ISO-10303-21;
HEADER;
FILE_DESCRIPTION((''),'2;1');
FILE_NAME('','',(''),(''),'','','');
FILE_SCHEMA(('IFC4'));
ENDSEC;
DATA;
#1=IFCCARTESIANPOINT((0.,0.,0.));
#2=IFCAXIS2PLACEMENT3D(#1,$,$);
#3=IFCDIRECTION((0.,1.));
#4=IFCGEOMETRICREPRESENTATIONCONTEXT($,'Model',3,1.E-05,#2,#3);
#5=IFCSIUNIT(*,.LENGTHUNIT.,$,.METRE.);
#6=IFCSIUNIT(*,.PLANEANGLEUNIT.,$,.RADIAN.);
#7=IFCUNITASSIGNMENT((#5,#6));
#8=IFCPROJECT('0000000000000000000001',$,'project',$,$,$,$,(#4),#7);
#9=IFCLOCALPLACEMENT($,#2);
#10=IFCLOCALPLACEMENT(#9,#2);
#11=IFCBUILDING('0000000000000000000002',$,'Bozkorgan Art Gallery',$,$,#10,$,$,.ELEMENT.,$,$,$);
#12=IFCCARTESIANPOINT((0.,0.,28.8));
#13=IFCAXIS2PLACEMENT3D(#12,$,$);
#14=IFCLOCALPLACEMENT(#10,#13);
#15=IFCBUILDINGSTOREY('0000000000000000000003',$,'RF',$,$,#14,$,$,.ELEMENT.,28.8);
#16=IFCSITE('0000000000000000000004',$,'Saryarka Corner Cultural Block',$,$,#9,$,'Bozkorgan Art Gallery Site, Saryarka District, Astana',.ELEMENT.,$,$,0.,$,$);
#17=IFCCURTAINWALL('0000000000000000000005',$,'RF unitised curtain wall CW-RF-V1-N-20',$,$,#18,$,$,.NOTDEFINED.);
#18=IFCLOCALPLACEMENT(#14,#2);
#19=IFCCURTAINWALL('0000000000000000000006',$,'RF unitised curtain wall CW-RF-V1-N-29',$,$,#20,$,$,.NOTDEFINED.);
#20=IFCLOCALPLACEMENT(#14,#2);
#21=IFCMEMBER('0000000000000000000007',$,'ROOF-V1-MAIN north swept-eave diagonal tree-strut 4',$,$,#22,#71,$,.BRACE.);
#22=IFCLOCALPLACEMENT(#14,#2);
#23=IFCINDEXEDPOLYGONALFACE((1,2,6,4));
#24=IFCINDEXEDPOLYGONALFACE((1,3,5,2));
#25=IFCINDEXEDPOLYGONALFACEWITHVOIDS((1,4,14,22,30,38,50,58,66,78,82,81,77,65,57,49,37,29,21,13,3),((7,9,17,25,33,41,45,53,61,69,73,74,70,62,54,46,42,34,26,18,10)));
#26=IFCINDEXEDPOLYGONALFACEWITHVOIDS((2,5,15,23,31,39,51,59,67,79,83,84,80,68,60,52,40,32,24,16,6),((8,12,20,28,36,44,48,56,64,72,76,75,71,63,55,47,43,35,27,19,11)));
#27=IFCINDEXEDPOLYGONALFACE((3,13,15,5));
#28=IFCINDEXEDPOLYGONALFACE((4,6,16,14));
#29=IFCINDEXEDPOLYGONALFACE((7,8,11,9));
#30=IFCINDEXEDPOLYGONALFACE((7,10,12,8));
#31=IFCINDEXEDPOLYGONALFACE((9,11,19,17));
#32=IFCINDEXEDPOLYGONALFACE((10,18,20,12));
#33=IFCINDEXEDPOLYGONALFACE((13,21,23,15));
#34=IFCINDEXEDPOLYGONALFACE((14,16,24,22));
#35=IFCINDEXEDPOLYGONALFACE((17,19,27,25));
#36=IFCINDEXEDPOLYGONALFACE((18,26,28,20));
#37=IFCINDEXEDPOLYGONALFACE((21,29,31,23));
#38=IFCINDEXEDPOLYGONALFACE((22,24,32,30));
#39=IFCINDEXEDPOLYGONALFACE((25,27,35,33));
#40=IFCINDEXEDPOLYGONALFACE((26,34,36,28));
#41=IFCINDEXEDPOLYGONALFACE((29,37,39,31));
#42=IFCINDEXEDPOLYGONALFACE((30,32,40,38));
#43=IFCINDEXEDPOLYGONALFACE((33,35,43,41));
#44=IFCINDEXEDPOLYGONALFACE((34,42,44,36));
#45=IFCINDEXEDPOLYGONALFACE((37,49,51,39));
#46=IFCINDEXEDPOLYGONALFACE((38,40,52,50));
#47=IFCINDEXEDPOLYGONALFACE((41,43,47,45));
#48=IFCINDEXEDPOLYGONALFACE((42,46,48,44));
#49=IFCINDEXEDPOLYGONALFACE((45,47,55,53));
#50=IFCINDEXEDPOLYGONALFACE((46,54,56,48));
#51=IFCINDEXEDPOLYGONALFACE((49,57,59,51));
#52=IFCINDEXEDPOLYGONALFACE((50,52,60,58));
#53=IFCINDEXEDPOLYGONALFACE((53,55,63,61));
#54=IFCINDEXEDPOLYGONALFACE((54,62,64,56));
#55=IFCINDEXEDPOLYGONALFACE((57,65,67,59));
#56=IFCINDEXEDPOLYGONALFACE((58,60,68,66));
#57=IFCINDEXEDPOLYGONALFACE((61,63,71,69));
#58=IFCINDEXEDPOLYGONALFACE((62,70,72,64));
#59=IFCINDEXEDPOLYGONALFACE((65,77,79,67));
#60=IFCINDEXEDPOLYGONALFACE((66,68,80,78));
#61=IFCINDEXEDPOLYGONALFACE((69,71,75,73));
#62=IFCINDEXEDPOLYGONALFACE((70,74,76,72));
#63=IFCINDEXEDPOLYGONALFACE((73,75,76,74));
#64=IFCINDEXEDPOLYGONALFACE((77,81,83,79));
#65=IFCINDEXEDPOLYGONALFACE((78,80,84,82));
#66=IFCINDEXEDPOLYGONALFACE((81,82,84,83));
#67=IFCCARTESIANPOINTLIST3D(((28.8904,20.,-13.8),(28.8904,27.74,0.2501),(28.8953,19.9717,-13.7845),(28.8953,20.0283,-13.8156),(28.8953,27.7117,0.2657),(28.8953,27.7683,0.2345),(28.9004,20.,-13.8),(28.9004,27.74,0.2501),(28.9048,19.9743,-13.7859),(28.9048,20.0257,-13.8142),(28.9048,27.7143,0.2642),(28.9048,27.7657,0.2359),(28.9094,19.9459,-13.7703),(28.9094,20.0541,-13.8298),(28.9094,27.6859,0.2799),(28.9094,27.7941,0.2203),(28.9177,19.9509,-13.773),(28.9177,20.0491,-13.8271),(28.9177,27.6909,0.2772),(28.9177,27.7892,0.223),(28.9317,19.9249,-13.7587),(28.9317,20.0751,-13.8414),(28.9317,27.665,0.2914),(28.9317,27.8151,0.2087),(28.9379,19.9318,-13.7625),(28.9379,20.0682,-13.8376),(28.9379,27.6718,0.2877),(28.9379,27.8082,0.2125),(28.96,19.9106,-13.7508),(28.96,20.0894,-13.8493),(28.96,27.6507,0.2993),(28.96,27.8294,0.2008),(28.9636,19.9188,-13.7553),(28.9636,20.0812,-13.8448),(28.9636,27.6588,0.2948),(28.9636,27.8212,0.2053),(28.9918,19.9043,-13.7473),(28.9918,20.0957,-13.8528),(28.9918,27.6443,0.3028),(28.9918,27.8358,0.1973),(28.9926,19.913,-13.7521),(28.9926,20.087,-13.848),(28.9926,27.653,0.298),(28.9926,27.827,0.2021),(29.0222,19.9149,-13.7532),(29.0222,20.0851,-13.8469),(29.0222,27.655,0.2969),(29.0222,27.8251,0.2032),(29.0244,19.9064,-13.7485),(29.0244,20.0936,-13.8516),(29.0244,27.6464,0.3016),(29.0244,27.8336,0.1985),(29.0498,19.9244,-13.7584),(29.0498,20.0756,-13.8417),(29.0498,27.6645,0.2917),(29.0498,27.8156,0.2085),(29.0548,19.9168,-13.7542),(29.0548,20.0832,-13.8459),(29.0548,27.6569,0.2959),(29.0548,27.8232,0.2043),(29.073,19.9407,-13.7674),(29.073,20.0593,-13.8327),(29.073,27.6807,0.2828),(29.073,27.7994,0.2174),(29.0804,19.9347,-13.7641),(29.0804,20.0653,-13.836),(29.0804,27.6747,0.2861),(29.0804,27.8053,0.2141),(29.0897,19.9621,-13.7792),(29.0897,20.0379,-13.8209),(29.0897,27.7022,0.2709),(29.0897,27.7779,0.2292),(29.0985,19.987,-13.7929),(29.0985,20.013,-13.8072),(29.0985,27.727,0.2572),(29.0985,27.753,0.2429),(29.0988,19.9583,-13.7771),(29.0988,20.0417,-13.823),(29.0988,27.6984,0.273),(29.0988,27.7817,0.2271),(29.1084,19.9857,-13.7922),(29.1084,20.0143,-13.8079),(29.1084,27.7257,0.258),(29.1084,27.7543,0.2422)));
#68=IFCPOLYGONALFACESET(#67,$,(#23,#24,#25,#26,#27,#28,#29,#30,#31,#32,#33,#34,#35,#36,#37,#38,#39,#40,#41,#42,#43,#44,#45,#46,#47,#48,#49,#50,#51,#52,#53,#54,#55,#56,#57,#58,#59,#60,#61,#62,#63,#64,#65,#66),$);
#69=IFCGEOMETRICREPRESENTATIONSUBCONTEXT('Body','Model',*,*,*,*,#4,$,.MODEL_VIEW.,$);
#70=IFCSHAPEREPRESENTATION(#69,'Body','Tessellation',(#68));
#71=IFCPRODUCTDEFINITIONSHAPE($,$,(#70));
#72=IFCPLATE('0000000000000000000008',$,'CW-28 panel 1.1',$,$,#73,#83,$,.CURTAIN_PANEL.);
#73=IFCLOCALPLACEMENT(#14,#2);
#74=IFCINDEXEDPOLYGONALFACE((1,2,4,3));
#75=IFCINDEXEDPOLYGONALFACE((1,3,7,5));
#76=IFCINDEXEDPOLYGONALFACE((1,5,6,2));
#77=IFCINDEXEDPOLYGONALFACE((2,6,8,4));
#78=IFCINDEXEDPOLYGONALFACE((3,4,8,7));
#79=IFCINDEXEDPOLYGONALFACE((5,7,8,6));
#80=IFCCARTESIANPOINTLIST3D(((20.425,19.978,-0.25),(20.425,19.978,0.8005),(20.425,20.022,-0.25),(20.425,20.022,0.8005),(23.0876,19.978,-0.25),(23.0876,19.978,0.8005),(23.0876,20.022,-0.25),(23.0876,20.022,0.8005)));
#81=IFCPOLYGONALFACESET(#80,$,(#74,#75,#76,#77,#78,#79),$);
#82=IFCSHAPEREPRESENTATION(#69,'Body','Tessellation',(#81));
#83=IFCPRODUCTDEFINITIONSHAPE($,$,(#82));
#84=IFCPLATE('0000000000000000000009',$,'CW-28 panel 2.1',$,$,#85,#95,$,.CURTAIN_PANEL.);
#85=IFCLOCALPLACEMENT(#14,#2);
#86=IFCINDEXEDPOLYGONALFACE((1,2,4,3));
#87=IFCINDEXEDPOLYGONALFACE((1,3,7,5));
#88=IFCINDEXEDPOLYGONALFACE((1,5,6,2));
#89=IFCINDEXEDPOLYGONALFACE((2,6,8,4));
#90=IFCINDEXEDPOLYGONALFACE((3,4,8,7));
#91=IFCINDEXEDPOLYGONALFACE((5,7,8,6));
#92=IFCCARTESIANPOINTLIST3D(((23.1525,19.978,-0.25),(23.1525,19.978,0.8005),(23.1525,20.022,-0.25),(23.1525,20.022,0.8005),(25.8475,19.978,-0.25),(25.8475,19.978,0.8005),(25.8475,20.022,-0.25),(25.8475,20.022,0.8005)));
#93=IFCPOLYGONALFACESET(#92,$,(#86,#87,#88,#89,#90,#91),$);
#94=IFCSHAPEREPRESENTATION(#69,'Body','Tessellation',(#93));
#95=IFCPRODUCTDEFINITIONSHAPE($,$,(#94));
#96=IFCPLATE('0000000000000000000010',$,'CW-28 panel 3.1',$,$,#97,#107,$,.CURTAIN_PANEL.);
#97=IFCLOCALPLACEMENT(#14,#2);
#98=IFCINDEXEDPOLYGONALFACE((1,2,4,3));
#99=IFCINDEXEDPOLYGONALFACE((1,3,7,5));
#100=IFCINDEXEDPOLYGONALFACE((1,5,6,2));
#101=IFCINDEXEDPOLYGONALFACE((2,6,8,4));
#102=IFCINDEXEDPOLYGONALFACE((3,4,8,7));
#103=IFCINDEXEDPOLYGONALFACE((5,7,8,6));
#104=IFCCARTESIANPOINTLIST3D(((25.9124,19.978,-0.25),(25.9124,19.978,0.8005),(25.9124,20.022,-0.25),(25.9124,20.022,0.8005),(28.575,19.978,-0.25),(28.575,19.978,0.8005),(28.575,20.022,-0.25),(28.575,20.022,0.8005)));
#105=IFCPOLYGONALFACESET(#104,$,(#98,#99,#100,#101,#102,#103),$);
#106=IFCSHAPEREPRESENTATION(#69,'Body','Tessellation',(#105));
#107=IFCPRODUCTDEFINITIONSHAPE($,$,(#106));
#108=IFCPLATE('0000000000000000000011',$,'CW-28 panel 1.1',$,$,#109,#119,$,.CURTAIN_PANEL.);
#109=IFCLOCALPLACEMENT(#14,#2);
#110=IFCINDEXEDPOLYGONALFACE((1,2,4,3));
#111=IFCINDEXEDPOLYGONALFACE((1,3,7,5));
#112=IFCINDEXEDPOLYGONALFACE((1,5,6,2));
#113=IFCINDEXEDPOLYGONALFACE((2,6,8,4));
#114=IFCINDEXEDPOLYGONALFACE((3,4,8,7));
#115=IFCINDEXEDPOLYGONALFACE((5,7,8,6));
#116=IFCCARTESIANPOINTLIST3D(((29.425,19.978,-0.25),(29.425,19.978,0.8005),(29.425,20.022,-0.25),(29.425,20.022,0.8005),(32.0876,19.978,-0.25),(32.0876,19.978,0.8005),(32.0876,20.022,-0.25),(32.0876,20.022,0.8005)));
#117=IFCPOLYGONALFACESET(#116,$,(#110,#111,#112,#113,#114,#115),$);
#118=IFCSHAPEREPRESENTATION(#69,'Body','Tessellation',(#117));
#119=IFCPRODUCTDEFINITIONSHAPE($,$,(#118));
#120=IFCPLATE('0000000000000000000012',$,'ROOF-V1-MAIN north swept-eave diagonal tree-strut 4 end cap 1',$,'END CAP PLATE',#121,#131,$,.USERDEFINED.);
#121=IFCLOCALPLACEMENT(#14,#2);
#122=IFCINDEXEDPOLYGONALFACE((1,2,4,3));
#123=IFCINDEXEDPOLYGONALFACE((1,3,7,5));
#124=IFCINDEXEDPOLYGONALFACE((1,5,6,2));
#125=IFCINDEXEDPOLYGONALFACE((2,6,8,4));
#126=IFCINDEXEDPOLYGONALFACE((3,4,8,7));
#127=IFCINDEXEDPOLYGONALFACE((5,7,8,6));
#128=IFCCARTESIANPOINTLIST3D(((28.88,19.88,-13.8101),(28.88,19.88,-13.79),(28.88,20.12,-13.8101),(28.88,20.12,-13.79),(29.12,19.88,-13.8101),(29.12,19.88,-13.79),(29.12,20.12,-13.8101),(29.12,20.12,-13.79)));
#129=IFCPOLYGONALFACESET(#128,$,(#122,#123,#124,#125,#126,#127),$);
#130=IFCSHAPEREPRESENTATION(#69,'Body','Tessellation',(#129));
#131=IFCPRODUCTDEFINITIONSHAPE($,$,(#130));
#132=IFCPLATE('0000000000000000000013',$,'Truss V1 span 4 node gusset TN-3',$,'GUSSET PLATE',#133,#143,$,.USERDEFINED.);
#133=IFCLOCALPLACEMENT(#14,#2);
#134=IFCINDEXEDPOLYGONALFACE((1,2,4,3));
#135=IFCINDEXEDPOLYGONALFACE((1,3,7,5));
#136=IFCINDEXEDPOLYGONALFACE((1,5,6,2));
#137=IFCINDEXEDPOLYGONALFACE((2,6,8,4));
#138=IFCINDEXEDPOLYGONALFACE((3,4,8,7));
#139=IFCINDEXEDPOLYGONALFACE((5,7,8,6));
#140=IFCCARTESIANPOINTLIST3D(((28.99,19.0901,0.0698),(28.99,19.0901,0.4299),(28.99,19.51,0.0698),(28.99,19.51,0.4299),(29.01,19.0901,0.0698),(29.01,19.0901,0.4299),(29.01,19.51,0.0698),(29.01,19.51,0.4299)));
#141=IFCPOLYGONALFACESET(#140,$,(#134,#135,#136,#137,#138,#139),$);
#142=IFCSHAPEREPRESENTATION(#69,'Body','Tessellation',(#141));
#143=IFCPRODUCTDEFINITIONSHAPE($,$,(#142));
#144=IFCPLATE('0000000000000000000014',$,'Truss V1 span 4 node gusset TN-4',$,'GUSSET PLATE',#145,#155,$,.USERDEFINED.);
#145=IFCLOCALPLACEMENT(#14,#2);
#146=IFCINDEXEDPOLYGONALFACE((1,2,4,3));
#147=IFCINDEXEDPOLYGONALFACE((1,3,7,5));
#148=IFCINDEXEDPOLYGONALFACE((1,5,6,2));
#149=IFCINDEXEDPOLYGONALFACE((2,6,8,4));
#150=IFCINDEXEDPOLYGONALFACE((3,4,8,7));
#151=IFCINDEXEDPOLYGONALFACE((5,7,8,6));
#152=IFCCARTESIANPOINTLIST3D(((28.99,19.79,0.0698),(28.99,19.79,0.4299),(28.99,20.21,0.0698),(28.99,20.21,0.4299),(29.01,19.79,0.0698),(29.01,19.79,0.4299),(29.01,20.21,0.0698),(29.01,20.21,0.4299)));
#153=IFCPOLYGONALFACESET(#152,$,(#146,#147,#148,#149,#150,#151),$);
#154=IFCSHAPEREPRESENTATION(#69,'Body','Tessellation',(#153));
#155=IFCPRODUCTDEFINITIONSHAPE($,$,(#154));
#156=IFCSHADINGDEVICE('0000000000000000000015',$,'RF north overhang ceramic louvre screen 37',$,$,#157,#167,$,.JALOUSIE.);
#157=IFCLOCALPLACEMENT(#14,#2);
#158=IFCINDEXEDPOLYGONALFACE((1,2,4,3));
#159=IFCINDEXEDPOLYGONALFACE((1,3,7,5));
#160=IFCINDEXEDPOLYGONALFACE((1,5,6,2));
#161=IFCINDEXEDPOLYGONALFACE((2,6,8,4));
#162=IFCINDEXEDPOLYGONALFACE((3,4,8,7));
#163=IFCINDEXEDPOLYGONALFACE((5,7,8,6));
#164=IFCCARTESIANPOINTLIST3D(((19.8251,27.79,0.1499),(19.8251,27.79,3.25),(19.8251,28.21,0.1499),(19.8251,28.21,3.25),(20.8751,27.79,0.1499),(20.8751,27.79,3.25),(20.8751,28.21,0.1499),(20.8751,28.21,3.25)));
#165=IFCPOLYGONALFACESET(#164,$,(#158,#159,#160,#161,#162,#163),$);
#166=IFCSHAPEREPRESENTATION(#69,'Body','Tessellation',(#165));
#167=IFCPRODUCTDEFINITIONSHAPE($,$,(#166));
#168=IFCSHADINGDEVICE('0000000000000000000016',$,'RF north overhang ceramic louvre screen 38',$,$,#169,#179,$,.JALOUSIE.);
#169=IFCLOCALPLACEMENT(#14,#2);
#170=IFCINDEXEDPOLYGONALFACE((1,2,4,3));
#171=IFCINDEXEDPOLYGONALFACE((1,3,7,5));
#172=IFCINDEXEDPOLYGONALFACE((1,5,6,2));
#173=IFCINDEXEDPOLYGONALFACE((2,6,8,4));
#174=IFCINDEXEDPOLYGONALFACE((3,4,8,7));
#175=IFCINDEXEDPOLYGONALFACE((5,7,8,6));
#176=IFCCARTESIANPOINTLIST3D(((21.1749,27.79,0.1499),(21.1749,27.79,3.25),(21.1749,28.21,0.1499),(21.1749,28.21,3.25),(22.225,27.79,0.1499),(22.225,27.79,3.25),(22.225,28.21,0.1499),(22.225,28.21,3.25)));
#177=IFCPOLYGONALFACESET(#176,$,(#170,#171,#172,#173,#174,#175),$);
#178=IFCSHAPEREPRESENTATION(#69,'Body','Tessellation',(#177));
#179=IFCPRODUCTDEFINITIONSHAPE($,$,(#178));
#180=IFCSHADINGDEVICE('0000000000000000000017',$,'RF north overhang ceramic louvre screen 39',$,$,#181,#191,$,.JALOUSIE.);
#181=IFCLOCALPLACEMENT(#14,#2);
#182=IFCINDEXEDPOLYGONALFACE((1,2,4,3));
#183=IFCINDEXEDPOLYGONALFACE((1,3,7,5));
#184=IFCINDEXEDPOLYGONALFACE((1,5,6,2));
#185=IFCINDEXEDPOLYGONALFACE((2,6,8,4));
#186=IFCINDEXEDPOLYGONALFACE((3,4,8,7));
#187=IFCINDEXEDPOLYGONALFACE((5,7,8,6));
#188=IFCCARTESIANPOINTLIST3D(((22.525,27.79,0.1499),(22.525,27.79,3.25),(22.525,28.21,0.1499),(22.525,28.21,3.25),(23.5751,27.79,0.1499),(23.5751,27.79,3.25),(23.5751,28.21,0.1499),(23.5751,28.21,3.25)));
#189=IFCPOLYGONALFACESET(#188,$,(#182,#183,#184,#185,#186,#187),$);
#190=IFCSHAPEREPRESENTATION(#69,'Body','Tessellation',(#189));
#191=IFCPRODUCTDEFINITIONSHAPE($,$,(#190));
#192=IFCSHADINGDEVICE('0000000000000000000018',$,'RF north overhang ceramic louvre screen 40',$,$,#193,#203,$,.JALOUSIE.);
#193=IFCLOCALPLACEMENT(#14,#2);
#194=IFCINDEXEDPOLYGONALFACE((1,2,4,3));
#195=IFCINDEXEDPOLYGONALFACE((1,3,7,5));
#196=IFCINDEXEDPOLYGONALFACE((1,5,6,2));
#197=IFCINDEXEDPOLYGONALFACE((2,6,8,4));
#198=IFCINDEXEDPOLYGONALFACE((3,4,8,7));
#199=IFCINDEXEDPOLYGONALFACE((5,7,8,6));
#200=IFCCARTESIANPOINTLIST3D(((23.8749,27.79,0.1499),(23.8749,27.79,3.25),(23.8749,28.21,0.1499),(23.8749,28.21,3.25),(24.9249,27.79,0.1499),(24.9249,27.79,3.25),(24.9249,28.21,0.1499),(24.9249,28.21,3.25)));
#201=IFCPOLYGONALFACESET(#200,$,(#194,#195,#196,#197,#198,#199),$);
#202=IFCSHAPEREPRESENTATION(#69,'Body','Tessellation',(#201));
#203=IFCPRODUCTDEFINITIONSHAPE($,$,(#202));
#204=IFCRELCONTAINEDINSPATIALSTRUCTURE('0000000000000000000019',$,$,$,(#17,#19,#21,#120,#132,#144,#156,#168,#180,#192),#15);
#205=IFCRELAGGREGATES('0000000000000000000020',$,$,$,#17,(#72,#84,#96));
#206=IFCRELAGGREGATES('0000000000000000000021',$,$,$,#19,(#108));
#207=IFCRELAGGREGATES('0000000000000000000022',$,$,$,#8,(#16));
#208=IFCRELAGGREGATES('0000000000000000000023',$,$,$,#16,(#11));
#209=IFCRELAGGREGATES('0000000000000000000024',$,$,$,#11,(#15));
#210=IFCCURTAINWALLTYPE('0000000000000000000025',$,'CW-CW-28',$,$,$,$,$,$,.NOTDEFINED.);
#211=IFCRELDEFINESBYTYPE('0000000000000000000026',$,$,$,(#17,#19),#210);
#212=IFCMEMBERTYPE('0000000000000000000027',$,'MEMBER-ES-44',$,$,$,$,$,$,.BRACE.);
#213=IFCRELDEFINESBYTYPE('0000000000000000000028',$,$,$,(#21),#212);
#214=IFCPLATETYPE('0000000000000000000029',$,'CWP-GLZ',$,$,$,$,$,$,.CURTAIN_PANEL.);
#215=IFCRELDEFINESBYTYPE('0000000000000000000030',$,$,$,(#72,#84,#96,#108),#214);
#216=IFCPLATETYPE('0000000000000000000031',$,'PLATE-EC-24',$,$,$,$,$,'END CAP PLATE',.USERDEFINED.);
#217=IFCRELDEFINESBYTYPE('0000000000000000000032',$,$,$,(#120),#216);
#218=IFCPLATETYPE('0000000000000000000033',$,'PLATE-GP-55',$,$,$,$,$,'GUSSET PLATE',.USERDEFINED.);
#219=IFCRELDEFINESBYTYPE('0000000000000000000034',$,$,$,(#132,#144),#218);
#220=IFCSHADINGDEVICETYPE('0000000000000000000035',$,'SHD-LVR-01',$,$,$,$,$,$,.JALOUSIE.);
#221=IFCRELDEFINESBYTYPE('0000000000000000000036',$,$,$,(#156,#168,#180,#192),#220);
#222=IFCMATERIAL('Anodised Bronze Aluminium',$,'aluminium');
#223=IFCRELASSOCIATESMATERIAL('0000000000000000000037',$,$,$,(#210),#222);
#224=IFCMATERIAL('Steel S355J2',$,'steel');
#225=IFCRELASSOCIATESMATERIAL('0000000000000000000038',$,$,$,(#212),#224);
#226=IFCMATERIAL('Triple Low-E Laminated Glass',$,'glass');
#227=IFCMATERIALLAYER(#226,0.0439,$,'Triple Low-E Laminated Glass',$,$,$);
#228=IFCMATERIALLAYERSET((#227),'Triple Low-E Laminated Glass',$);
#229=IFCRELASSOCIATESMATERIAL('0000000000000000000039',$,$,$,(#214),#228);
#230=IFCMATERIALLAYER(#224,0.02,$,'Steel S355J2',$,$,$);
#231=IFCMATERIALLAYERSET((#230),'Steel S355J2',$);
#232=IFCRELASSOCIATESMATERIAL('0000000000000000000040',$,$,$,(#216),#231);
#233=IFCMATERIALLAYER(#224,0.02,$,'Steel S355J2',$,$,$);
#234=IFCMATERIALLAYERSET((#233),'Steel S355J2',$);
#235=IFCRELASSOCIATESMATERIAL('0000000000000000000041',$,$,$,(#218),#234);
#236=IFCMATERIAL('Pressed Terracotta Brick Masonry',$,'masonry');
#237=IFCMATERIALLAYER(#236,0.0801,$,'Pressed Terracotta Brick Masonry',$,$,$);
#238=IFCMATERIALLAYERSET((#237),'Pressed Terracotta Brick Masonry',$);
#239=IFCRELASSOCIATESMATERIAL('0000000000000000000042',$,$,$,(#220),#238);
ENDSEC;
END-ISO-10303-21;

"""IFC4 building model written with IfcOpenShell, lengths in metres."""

from ifc_helpers import new_model, si_unit, direction, frame, origin, origin_2d, place, context, subcontext, project, spatial, rectangle, hollow_circle, extrude, material, layer, layer_set, material_profile, profile_set, type_object, element, aggregate, save


model = new_model("IFC4")

# Units and contexts
model_context = context("Model", 3, precision=1e-05, world=origin(), true_north=direction((0.0, 1.0)))
body_context = subcontext(model_context, "Body", "Model", "MODEL_VIEW")
ifc_project = project(units=[si_unit("LENGTHUNIT", "METRE"), si_unit("PLANEANGLEUNIT", "RADIAN")], contexts=[model_context])

# Site, building, storey
site_placement = place(None, origin())
site = spatial("IfcSite", under=ifc_project, at=site_placement, Name="Saryarka Corner Cultural Block", LongName="Bozkorgan Art Gallery Site, Saryarka District, Astana", CompositionType="ELEMENT", RefElevation=0.0)
building_placement = place(site_placement, origin())
building = spatial("IfcBuilding", under=site, at=building_placement, Name="Bozkorgan Art Gallery", CompositionType="ELEMENT")
storey_placement = place(building_placement, frame((0.0, 0.0, 28.8)))
storey = spatial("IfcBuildingStorey", under=building, at=storey_placement, Name="RF", CompositionType="ELEMENT", Elevation=28.8)

# Curtain walls
ifc_material_1 = material(Name="Anodised Bronze Aluminium", Category="aluminium")
curtain_wall_type = type_object("IfcCurtainWallType", Name="CW-CW-28", PredefinedType="NOTDEFINED", material=ifc_material_1)
curtain_wall_1_placement = place(storey_placement, origin())
curtain_wall_1 = element("IfcCurtainWall", 1, at=curtain_wall_1_placement, inside=storey, type_object=curtain_wall_type, Name="RF unitised curtain wall CW-RF-V1-N-20", PredefinedType="NOTDEFINED")
curtain_wall_2_placement = place(storey_placement, origin())
curtain_wall_2 = element("IfcCurtainWall", 2, at=curtain_wall_2_placement, inside=storey, type_object=curtain_wall_type, Name="RF unitised curtain wall CW-RF-V1-N-29", PredefinedType="NOTDEFINED")

# Member
ifc_material_2 = material(Name="Steel S355J2", Category="steel")
ifc_material_profile_1 = material_profile(ifc_material_2, hollow_circle(Radius=0.1096, WallThickness=0.01, at=origin_2d()), Name="CHS 219.1x10")
ifc_profile_set_1 = profile_set([ifc_material_profile_1], Name="Steel S355J2")
member_type_1 = type_object("IfcMemberType", Name="MEMBER-ES-44", PredefinedType="BRACE", material=ifc_profile_set_1)
member_1_placement = place(storey_placement, frame((29.0, 20.0, -13.8), z_axis=(0.0, 0.482515, 0.875888), x_axis=(-1.0, 0.0, 0.0)))
element("IfcMember", 3, at=member_1_placement, inside=storey, type_object=member_type_1, Name="ROOF-V1-MAIN north swept-eave diagonal tree-strut 4", PredefinedType="BRACE", context=body_context, shape_type="SweptSolid", body=[
    extrude(hollow_circle(Radius=0.1096, WallThickness=0.01, at=origin_2d()), origin(), (0.0, 0.0, 1.0), 16.041),
])

# Plates
ifc_material_3 = material(Name="Triple Low-E Laminated Glass", Category="glass")
ifc_layer_1 = layer(ifc_material_3, 0.0439, Name="Triple Low-E Laminated Glass")
ifc_layer_set_1 = layer_set([ifc_layer_1], Name="Triple Low-E Laminated Glass")
plate_type_1 = type_object("IfcPlateType", Name="CWP-GLZ", PredefinedType="CURTAIN_PANEL", material=ifc_layer_set_1)
plate_1_placement = place(storey_placement, frame((21.7563, 20.0, -0.25), z_axis=(0.0, 0.0, 1.0), x_axis=(1.0, 0.0, 0.0)))
plate_1 = element("IfcPlate", 4, at=plate_1_placement, type_object=plate_type_1, Name="CW-28 panel 1.1", PredefinedType="CURTAIN_PANEL", context=body_context, shape_type="SweptSolid", body=[
    extrude(rectangle(XDim=2.6626, YDim=0.0439, at=origin_2d()), origin(), (0.0, 0.0, 1.0), 1.0505),
])
plate_2_placement = place(storey_placement, frame((24.5, 20.0, -0.25), z_axis=(0.0, 0.0, 1.0), x_axis=(1.0, 0.0, 0.0)))
plate_2 = element("IfcPlate", 5, at=plate_2_placement, type_object=plate_type_1, Name="CW-28 panel 2.1", PredefinedType="CURTAIN_PANEL", context=body_context, shape_type="SweptSolid", body=[
    extrude(rectangle(XDim=2.6951, YDim=0.0439, at=origin_2d()), origin(), (0.0, 0.0, 1.0), 1.0505),
])
plate_3_placement = place(storey_placement, frame((27.2437, 20.0, -0.25), z_axis=(0.0, 0.0, 1.0), x_axis=(1.0, 0.0, 0.0)))
plate_3 = element("IfcPlate", 6, at=plate_3_placement, type_object=plate_type_1, Name="CW-28 panel 3.1", PredefinedType="CURTAIN_PANEL", context=body_context, shape_type="SweptSolid", body=[
    extrude(rectangle(XDim=2.6626, YDim=0.0439, at=origin_2d()), origin(), (0.0, 0.0, 1.0), 1.0505),
])
aggregate(curtain_wall_1, [plate_1, plate_2, plate_3])
plate_4_placement = place(storey_placement, frame((30.7563, 20.0, -0.25), z_axis=(0.0, 0.0, 1.0), x_axis=(1.0, 0.0, 0.0)))
plate_4 = element("IfcPlate", 7, at=plate_4_placement, type_object=plate_type_1, Name="CW-28 panel 1.1", PredefinedType="CURTAIN_PANEL", context=body_context, shape_type="SweptSolid", body=[
    extrude(rectangle(XDim=2.6626, YDim=0.0439, at=origin_2d()), origin(), (0.0, 0.0, 1.0), 1.0505),
])
aggregate(curtain_wall_2, [plate_4])

# Plates
ifc_layer_2 = layer(ifc_material_2, 0.02, Name="Steel S355J2")
ifc_layer_set_2 = layer_set([ifc_layer_2], Name="Steel S355J2")
plate_type_2 = type_object("IfcPlateType", Name="PLATE-EC-24", ElementType="END CAP PLATE", PredefinedType="USERDEFINED", material=ifc_layer_set_2)
plate_5_placement = place(storey_placement, frame((29.0, 20.0, -13.8101), z_axis=(0.0, 0.0, 1.0), x_axis=(1.0, 0.0, 0.0)))
element("IfcPlate", 8, at=plate_5_placement, inside=storey, type_object=plate_type_2, Name="ROOF-V1-MAIN north swept-eave diagonal tree-strut 4 end cap 1", ObjectType="END CAP PLATE", PredefinedType="USERDEFINED", context=body_context, shape_type="SweptSolid", body=[
    extrude(rectangle(XDim=0.24, YDim=0.24, at=origin_2d()), origin(), (0.0, 0.0, 1.0), 0.02),
])
ifc_layer_3 = layer(ifc_material_2, 0.02, Name="Steel S355J2")
ifc_layer_set_3 = layer_set([ifc_layer_3], Name="Steel S355J2")
plate_type_3 = type_object("IfcPlateType", Name="PLATE-GP-55", ElementType="GUSSET PLATE", PredefinedType="USERDEFINED", material=ifc_layer_set_3)
for number, where, z_axis, x_axis, name in (
    (9, (29.0, 19.3, 0.0698), (0.0, 0.0, 1.0), (1.0, 0.0, 0.0), "Truss V1 span 4 node gusset TN-3"),
    (10, (29.0, 20.0, 0.0698), (0.0, 0.0, 1.0), (1.0, 0.0, 0.0), "Truss V1 span 4 node gusset TN-4"),
):
    element("IfcPlate", number, at=place(storey_placement, frame(where, z_axis=z_axis, x_axis=x_axis)), inside=storey, type_object=plate_type_3, Name=name, ObjectType="GUSSET PLATE", PredefinedType="USERDEFINED", context=body_context, shape_type="SweptSolid", body=[
        extrude(rectangle(XDim=0.02, YDim=0.4199, at=origin_2d()), origin(), (0.0, 0.0, 1.0), 0.3601),
    ])

# Shading devices
ifc_material_4 = material(Name="Pressed Terracotta Brick Masonry", Category="masonry")
ifc_layer_4 = layer(ifc_material_4, 0.0801, Name="Pressed Terracotta Brick Masonry")
ifc_layer_set_4 = layer_set([ifc_layer_4], Name="Pressed Terracotta Brick Masonry")
shading_device_type = type_object("IfcShadingDeviceType", Name="SHD-LVR-01", PredefinedType="JALOUSIE", material=ifc_layer_set_4)
for number, where, z_axis, x_axis, name in (
    (11, (20.3501, 28.0, 0.1499), (0.0, 0.0, 1.0), (1.0, 0.0, 0.0), "RF north overhang ceramic louvre screen 37"),
    (12, (21.7, 28.0, 0.1499), (0.0, 0.0, 1.0), (1.0, 0.0, 0.0), "RF north overhang ceramic louvre screen 38"),
    (13, (23.05, 28.0, 0.1499), (0.0, 0.0, 1.0), (1.0, 0.0, 0.0), "RF north overhang ceramic louvre screen 39"),
    (14, (24.3999, 28.0, 0.1499), (0.0, 0.0, 1.0), (1.0, 0.0, 0.0), "RF north overhang ceramic louvre screen 40"),
):
    element("IfcShadingDevice", number, at=place(storey_placement, frame(where, z_axis=z_axis, x_axis=x_axis)), inside=storey, type_object=shading_device_type, Name=name, PredefinedType="JALOUSIE", context=body_context, shape_type="SweptSolid", body=[
        extrude(rectangle(XDim=1.05, YDim=0.4199, at=origin_2d()), origin(), (0.0, 0.0, 1.0), 3.1001),
    ])

save(model, "model.ifc")
